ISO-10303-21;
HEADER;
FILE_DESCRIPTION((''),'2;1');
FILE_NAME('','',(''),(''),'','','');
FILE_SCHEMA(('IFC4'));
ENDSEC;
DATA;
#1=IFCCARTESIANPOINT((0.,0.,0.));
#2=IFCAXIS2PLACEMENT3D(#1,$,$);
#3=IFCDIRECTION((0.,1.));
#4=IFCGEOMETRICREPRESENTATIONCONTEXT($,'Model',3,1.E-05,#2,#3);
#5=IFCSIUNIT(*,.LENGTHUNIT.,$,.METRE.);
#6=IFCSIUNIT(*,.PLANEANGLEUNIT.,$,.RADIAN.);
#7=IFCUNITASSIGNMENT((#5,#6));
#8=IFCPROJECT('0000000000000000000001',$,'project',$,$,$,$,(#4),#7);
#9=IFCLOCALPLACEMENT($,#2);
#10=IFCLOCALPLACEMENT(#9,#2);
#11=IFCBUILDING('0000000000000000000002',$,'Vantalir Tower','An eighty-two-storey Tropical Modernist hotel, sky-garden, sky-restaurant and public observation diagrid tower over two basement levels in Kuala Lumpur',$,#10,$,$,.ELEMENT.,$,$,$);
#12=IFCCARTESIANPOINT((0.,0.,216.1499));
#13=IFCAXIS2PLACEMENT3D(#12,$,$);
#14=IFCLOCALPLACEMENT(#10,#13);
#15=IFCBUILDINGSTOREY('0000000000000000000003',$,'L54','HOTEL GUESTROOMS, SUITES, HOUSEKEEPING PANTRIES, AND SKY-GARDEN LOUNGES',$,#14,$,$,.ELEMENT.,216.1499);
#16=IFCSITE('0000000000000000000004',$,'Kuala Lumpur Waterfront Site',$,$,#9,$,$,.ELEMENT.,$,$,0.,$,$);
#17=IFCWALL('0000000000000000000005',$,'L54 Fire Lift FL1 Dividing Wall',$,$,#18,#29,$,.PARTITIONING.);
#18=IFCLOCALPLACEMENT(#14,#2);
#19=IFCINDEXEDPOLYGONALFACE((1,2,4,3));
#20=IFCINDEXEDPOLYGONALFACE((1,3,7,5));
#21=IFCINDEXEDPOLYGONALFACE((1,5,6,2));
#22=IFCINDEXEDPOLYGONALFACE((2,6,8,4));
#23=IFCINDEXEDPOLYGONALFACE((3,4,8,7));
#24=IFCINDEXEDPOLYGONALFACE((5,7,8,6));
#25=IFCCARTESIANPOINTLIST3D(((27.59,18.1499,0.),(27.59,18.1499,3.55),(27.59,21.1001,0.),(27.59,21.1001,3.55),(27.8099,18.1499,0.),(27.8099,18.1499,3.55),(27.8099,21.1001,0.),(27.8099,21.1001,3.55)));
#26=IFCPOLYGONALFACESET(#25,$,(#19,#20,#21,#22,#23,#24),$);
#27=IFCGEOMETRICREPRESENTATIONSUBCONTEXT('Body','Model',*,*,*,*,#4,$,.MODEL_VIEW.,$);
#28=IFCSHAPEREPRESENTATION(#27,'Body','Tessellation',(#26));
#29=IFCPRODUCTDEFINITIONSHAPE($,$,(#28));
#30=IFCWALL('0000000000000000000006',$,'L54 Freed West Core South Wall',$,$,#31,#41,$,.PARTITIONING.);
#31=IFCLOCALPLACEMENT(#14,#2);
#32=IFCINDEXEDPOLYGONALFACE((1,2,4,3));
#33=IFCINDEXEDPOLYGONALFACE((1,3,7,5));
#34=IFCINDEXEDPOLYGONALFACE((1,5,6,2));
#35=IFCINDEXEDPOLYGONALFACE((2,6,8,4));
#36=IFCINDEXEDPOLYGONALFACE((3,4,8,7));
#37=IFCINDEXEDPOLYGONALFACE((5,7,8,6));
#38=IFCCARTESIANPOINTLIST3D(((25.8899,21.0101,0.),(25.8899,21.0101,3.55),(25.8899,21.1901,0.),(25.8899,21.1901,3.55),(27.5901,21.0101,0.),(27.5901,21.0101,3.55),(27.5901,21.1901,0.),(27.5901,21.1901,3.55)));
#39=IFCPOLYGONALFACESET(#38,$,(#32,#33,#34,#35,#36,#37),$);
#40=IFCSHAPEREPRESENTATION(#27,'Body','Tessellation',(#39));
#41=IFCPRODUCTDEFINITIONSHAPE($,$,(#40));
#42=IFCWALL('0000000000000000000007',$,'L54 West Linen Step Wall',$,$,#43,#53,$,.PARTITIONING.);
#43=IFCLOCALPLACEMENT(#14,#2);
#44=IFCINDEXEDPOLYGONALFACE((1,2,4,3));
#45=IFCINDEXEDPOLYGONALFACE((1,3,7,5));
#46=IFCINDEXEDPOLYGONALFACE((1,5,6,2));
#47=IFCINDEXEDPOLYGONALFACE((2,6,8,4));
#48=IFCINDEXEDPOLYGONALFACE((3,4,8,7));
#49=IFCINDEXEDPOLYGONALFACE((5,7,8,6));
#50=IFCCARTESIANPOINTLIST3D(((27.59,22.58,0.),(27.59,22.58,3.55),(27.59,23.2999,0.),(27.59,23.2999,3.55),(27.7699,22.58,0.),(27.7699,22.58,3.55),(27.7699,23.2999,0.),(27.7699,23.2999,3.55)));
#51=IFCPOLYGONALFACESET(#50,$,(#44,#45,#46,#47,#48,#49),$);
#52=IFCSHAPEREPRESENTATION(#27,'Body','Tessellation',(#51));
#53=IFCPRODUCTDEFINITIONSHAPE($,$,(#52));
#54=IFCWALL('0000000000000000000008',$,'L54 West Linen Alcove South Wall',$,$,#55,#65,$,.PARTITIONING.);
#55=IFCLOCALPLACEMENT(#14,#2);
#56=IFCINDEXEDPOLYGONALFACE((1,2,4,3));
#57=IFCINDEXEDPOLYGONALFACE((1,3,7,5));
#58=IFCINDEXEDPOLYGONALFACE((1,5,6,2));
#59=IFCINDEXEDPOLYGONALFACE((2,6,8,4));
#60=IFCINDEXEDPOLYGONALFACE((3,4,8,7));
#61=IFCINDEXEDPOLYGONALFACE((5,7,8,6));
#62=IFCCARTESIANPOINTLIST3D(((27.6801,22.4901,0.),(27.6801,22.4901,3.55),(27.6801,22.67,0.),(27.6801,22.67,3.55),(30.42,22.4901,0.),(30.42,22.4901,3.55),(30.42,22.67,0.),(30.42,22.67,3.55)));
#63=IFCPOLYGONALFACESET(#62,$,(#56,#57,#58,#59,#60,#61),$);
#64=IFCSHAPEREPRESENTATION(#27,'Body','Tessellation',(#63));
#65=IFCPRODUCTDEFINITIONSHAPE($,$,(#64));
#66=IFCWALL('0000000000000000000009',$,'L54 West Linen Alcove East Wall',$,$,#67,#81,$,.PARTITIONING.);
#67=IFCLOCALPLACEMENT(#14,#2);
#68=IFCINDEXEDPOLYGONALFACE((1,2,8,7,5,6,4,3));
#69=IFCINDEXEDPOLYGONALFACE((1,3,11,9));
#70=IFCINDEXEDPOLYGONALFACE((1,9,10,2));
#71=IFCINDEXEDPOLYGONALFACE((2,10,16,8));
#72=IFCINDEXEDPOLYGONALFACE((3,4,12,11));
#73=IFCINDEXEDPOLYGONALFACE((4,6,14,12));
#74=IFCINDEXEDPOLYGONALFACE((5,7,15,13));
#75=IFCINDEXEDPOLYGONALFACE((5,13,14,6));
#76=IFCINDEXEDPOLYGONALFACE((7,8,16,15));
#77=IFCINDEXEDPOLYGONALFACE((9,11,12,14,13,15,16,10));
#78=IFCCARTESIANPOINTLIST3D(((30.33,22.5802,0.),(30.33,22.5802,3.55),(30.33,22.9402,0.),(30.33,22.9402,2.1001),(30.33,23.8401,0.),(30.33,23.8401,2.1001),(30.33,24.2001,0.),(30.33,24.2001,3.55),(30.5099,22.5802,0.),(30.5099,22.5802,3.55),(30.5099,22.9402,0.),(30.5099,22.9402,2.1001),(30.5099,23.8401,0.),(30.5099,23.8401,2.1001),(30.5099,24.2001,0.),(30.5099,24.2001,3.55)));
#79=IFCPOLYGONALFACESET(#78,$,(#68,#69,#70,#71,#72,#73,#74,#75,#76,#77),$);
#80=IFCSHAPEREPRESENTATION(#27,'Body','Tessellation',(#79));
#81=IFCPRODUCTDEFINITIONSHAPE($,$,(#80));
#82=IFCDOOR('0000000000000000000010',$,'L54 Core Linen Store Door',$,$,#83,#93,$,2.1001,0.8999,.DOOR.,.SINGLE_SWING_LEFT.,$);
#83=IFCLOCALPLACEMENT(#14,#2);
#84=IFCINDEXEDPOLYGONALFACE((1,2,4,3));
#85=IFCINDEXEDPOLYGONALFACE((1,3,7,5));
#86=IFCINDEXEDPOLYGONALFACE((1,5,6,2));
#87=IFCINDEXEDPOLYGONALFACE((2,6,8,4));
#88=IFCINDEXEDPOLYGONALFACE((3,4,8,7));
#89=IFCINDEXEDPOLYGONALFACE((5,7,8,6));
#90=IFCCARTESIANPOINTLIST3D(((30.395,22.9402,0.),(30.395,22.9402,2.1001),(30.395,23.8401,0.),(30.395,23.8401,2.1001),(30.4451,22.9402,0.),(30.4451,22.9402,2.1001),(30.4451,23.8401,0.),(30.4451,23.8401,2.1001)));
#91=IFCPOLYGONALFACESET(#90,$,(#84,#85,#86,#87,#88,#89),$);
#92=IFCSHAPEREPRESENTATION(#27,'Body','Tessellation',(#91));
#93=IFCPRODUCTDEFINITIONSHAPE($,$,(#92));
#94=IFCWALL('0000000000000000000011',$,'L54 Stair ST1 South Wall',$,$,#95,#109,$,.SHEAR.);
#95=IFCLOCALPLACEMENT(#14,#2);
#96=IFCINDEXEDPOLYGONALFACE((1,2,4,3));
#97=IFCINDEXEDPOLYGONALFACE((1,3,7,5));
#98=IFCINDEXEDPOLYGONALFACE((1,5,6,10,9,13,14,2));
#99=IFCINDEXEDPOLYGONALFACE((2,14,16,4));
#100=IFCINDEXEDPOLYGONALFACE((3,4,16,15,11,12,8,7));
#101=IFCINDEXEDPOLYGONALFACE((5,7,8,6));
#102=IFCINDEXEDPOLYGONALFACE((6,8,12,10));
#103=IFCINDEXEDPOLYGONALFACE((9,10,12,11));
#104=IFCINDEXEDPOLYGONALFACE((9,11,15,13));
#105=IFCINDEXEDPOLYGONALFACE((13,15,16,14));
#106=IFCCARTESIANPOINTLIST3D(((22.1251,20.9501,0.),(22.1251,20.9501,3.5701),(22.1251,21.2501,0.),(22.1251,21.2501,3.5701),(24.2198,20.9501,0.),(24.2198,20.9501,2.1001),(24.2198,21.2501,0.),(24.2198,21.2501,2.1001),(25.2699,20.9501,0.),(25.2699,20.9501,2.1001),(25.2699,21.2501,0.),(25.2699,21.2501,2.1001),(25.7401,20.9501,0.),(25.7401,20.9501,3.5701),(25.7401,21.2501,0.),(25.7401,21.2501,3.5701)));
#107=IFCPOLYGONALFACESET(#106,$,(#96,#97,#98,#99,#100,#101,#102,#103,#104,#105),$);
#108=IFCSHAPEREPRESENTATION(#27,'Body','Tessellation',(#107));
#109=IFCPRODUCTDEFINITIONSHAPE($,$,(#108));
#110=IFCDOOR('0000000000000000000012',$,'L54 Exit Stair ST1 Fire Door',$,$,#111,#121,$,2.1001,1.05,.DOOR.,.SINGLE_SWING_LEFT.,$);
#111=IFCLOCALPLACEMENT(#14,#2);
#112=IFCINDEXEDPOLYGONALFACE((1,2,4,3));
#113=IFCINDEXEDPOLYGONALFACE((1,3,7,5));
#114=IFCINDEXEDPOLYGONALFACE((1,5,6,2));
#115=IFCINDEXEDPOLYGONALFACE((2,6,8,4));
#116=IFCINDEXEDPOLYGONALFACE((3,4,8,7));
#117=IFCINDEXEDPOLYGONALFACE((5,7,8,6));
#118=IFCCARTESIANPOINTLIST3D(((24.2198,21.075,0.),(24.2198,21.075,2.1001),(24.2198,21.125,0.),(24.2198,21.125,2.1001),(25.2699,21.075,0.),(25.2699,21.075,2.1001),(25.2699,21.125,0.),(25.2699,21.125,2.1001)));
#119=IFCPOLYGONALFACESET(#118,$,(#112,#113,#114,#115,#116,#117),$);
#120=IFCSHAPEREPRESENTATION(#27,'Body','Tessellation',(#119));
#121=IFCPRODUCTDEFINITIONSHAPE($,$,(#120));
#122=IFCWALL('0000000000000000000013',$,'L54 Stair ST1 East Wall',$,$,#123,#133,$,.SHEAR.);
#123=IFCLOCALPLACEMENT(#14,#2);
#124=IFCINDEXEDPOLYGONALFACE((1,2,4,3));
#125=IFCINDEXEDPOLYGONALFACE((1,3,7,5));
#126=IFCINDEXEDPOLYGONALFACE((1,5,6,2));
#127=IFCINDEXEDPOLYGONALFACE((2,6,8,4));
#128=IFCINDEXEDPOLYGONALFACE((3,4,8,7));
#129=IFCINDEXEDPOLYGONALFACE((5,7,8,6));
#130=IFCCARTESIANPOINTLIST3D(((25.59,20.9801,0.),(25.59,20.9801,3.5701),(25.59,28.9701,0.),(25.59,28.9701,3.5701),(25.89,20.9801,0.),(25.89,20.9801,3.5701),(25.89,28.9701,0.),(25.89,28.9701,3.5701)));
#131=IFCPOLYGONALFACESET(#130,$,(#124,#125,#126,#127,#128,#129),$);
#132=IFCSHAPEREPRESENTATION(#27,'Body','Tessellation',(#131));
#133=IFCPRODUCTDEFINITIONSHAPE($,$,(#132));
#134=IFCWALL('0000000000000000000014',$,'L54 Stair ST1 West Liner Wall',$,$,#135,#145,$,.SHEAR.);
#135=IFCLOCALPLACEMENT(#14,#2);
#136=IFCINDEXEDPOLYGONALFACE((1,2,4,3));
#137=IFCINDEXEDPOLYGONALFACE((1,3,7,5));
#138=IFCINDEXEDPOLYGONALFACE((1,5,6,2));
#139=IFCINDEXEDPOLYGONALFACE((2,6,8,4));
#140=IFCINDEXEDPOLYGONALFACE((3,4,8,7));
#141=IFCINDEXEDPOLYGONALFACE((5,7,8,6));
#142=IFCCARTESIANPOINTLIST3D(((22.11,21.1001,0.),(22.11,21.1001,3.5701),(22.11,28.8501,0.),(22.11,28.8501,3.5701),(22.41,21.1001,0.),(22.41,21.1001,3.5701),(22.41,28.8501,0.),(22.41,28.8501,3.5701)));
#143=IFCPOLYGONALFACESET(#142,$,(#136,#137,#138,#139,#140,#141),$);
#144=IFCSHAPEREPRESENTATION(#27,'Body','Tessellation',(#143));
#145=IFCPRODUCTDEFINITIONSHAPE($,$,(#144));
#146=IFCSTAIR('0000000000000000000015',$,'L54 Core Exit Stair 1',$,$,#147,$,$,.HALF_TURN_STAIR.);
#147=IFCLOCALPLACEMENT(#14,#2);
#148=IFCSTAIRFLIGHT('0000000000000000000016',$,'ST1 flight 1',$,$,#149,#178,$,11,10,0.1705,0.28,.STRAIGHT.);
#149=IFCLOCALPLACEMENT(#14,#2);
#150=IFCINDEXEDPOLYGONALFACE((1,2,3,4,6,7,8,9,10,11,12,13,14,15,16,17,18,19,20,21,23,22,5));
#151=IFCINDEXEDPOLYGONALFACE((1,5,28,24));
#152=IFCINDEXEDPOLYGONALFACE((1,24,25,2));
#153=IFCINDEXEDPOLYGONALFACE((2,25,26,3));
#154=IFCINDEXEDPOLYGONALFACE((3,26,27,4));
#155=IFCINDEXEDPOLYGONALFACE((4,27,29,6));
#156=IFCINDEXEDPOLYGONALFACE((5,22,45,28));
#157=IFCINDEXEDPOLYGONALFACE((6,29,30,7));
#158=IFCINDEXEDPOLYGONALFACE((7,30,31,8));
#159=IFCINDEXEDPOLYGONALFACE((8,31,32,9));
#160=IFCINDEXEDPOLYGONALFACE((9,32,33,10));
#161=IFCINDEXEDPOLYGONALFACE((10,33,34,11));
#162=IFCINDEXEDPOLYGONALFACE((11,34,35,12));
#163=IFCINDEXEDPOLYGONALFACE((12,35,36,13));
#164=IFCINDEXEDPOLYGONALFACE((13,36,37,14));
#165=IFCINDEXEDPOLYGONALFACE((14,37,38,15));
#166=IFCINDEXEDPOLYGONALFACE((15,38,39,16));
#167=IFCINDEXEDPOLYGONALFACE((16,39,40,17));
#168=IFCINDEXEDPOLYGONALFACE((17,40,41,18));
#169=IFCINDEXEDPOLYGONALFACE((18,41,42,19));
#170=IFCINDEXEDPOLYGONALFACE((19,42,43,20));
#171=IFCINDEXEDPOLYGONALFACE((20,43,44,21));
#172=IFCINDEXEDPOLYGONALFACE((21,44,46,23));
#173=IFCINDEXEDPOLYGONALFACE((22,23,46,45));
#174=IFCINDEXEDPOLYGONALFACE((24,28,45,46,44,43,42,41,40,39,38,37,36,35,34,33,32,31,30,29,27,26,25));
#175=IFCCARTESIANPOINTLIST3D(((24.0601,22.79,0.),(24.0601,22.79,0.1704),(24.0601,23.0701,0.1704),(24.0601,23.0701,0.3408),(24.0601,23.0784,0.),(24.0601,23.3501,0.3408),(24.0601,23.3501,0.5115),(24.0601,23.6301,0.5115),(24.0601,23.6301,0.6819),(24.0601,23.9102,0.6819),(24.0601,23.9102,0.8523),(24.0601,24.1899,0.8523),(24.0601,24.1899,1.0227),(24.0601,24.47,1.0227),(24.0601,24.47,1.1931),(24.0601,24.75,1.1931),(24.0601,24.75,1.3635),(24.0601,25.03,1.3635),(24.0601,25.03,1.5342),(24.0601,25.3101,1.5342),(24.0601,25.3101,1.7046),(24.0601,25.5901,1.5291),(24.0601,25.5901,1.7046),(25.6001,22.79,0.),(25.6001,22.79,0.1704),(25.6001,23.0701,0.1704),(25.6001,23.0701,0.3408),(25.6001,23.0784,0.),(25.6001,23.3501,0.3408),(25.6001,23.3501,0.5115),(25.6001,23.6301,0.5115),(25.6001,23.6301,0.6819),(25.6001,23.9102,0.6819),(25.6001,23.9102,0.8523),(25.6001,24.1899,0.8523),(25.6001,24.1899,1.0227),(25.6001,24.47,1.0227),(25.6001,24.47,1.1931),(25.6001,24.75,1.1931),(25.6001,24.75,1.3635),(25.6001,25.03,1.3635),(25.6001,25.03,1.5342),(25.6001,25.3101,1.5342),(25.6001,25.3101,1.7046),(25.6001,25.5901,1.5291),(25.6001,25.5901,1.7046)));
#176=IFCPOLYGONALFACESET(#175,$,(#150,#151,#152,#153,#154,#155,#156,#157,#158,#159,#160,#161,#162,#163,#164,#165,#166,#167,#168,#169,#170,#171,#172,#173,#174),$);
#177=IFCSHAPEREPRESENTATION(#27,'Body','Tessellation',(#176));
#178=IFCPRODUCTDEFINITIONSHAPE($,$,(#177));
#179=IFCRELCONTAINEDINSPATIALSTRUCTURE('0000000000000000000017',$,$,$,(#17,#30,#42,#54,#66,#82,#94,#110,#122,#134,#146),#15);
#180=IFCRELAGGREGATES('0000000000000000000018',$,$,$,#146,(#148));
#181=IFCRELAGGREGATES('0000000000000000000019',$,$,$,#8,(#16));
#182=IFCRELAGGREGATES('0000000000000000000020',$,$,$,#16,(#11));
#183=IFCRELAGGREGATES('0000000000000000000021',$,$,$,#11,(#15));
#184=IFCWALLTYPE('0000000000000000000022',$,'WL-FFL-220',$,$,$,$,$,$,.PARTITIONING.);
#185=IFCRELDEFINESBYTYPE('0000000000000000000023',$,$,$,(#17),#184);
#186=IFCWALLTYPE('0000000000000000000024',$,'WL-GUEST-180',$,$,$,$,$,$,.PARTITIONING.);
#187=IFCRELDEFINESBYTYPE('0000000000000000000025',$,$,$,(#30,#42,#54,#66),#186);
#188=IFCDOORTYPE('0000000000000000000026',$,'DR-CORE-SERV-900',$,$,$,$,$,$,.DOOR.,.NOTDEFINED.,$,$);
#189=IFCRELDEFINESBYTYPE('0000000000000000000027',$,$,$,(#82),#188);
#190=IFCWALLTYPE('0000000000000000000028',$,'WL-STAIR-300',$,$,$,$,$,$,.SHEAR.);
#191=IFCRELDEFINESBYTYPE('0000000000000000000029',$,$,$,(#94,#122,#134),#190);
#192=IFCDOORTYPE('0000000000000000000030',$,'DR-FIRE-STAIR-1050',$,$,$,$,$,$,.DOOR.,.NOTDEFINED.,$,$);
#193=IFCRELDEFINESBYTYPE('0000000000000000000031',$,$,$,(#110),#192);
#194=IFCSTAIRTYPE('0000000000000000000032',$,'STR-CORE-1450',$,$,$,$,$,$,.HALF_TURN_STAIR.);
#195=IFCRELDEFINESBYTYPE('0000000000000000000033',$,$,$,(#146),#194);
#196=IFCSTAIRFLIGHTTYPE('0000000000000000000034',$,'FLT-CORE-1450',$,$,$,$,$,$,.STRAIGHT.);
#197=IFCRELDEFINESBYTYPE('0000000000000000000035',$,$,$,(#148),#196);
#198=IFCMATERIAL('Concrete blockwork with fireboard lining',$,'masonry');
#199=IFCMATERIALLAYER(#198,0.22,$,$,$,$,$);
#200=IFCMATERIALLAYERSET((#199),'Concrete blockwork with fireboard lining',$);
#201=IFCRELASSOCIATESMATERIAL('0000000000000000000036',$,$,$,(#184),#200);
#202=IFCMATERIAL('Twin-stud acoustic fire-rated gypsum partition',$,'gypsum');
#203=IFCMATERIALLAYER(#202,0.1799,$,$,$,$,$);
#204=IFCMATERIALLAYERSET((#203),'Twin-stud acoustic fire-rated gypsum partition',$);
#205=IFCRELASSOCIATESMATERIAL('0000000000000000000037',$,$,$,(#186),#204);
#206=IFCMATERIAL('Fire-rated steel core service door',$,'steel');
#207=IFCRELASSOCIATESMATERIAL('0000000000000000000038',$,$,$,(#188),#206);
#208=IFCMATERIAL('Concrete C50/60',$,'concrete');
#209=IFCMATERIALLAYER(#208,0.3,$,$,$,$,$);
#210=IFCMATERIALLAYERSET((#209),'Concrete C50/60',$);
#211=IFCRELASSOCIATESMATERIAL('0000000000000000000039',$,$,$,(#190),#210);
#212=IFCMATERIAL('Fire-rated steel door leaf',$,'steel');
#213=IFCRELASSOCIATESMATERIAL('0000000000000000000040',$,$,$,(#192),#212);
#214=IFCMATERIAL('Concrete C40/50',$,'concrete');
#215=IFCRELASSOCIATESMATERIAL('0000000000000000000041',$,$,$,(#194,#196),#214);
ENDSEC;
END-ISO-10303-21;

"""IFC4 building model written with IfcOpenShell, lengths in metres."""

from ifc_helpers import new_model, si_unit, direction, frame, frame_2d, origin, place, context, subcontext, project, spatial, polyline, rectangle, outline, extrude, material, layer, layer_set, type_object, element, fill, aggregate, save


model = new_model("IFC4")

# Units and contexts
model_context = context("Model", 3, precision=1e-05, world=origin(), true_north=direction((0.0, 1.0)))
body_context = subcontext(model_context, "Body", "Model", "MODEL_VIEW")
ifc_project = project(units=[si_unit("LENGTHUNIT", "METRE"), si_unit("PLANEANGLEUNIT", "RADIAN")], contexts=[model_context])

# Site, building, storey
site_placement = place(None, origin())
site = spatial("IfcSite", under=ifc_project, at=site_placement, Name="Kuala Lumpur Waterfront Site", CompositionType="ELEMENT", RefElevation=0.0)
building_placement = place(site_placement, origin())
building = spatial("IfcBuilding", under=site, at=building_placement, Name="Vantalir Tower", Description="An eighty-two-storey Tropical Modernist hotel, sky-garden, sky-restaurant and public observation diagrid tower over two basement levels in Kuala Lumpur", CompositionType="ELEMENT")
storey_placement = place(building_placement, frame((0.0, 0.0, 216.1499)))
storey = spatial("IfcBuildingStorey", under=building, at=storey_placement, Name="L54", Description="HOTEL GUESTROOMS, SUITES, HOUSEKEEPING PANTRIES, AND SKY-GARDEN LOUNGES", CompositionType="ELEMENT", Elevation=216.1499)

# Shared definitions
ifc_material_1 = material(Name="Concrete C50/60", Category="concrete")

# Shared definitions
ifc_material_2 = material(Name="Concrete blockwork with fireboard lining", Category="masonry")
ifc_layer_1 = layer(ifc_material_2, 0.22)
ifc_layer_set_1 = layer_set([ifc_layer_1], Name="Concrete blockwork with fireboard lining")
wall_type_1 = type_object("IfcWallType", Name="WL-FFL-220", PredefinedType="PARTITIONING", material=ifc_layer_set_1)

# Walls
wall_1_placement = place(storey_placement, frame((27.7, 18.1499, 0.0), z_axis=(0.0, 0.0, 1.0), x_axis=(0.0, 1.0, 0.0)))
element("IfcWall", 1, at=wall_1_placement, inside=storey, type_object=wall_type_1, Name="L54 Fire Lift FL1 Dividing Wall", PredefinedType="PARTITIONING", context=body_context, shape_type="SweptSolid", body=[
    extrude(rectangle(XDim=2.9502, YDim=0.22, at=frame_2d((1.4751, 0.0))), origin(), (0.0, 0.0, 1.0), 3.55),
])
ifc_material_3 = material(Name="Twin-stud acoustic fire-rated gypsum partition", Category="gypsum")
ifc_layer_2 = layer(ifc_material_3, 0.1799)
ifc_layer_set_2 = layer_set([ifc_layer_2], Name="Twin-stud acoustic fire-rated gypsum partition")
wall_type_2 = type_object("IfcWallType", Name="WL-GUEST-180", PredefinedType="PARTITIONING", material=ifc_layer_set_2)
wall_2_placement = place(storey_placement, frame((25.8899, 21.1001, 0.0), z_axis=(0.0, 0.0, 1.0), x_axis=(1.0, 0.0, 0.0)))
element("IfcWall", 2, at=wall_2_placement, inside=storey, type_object=wall_type_2, Name="L54 Freed West Core South Wall", PredefinedType="PARTITIONING", context=body_context, shape_type="SweptSolid", body=[
    extrude(rectangle(XDim=1.7002, YDim=0.1799, at=frame_2d((0.8501, 0.0))), origin(), (0.0, 0.0, 1.0), 3.55),
])
wall_3_placement = place(storey_placement, frame((27.6799, 22.5801, 0.0), z_axis=(0.0, 0.0, 1.0), x_axis=(0.0, 1.0, 0.0)))
element("IfcWall", 3, at=wall_3_placement, inside=storey, type_object=wall_type_2, Name="L54 West Linen Step Wall", PredefinedType="PARTITIONING", context=body_context, shape_type="SweptSolid", body=[
    extrude(rectangle(XDim=0.72, YDim=0.1799, at=frame_2d((0.3599, 0.0))), origin(), (0.0, 0.0, 1.0), 3.55),
])
wall_4_placement = place(storey_placement, frame((27.6799, 22.5801, 0.0), z_axis=(0.0, 0.0, 1.0), x_axis=(1.0, 0.0, 0.0)))
element("IfcWall", 4, at=wall_4_placement, inside=storey, type_object=wall_type_2, Name="L54 West Linen Alcove South Wall", PredefinedType="PARTITIONING", context=body_context, shape_type="SweptSolid", body=[
    extrude(rectangle(XDim=2.74, YDim=0.1799, at=frame_2d((1.3701, 0.0))), origin(), (0.0, 0.0, 1.0), 3.55),
])

# Walls, openings, doors
wall_5_placement = place(storey_placement, frame((30.4199, 22.5801, 0.0), z_axis=(0.0, 0.0, 1.0), x_axis=(0.0, 1.0, 0.0)))
wall_5 = element("IfcWall", 5, at=wall_5_placement, inside=storey, type_object=wall_type_2, Name="L54 West Linen Alcove East Wall", PredefinedType="PARTITIONING", context=body_context, shape_type="SweptSolid", body=[
    extrude(rectangle(XDim=1.6199, YDim=0.1799, at=frame_2d((0.8101, 0.0))), origin(), (0.0, 0.0, 1.0), 3.55),
])
opening_1_placement = place(wall_5_placement, frame((0.3601, 0.0, 0.0)))
opening_1 = element("IfcOpeningElement", 6, at=opening_1_placement, cuts=wall_5, PredefinedType="OPENING", context=body_context, shape_type="SweptSolid", body=[
    extrude(rectangle(XDim=0.8999, YDim=2.1001, at=frame_2d((0.45, 1.05))), frame((0.0, 0.0999, 0.0), z_axis=(0.0, -1.0, 0.0), x_axis=(1.0, 0.0, 0.0)), (0.0, 0.0, 1.0), 0.2),
])
ifc_material_4 = material(Name="Fire-rated steel core service door", Category="steel")
door_type_1 = type_object("IfcDoorType", Name="DR-CORE-SERV-900", OperationType="NOTDEFINED", PredefinedType="DOOR", material=ifc_material_4)
door_1_placement = place(opening_1_placement, origin())
door_1 = element("IfcDoor", 7, at=door_1_placement, inside=storey, type_object=door_type_1, Name="L54 Core Linen Store Door", OperationType="SINGLE_SWING_LEFT", OverallHeight=2.1001, OverallWidth=0.8999, PredefinedType="DOOR", context=body_context, shape_type="SweptSolid", body=[
    extrude(rectangle(XDim=0.8999, YDim=2.1001, at=frame_2d((0.45, 1.05))), frame((0.0, 0.0249, 0.0), z_axis=(0.0, -1.0, 0.0), x_axis=(1.0, 0.0, 0.0)), (0.0, 0.0, 1.0), 0.05),
])
fill(opening_1, door_1)
ifc_layer_3 = layer(ifc_material_1, 0.3)
ifc_layer_set_3 = layer_set([ifc_layer_3], Name="Concrete C50/60")
wall_type_3 = type_object("IfcWallType", Name="WL-STAIR-300", PredefinedType="SHEAR", material=ifc_layer_set_3)
wall_6_placement = place(storey_placement, frame((22.125, 21.1001, 0.0), z_axis=(0.0, 0.0, 1.0), x_axis=(1.0, 0.0, 0.0)))
wall_6 = element("IfcWall", 8, at=wall_6_placement, inside=storey, type_object=wall_type_3, Name="L54 Stair ST1 South Wall", PredefinedType="SHEAR", context=body_context, shape_type="SweptSolid", body=[
    extrude(rectangle(XDim=3.615, YDim=0.3, at=frame_2d((1.8076, 0.0))), origin(), (0.0, 0.0, 1.0), 3.5701),
])
opening_2_placement = place(wall_6_placement, frame((2.095, 0.0, 0.0)))
opening_2 = element("IfcOpeningElement", 9, at=opening_2_placement, cuts=wall_6, PredefinedType="OPENING", context=body_context, shape_type="SweptSolid", body=[
    extrude(rectangle(XDim=1.05, YDim=2.1001, at=frame_2d((0.5249, 1.05))), frame((0.0, 0.1599, 0.0), z_axis=(0.0, -1.0, 0.0), x_axis=(1.0, 0.0, 0.0)), (0.0, 0.0, 1.0), 0.3201),
])
ifc_material_5 = material(Name="Fire-rated steel door leaf", Category="steel")
door_type_2 = type_object("IfcDoorType", Name="DR-FIRE-STAIR-1050", OperationType="NOTDEFINED", PredefinedType="DOOR", material=ifc_material_5)
door_2_placement = place(opening_2_placement, origin())
door_2 = element("IfcDoor", 10, at=door_2_placement, inside=storey, type_object=door_type_2, Name="L54 Exit Stair ST1 Fire Door", OperationType="SINGLE_SWING_LEFT", OverallHeight=2.1001, OverallWidth=1.05, PredefinedType="DOOR", context=body_context, shape_type="SweptSolid", body=[
    extrude(rectangle(XDim=1.05, YDim=2.1001, at=frame_2d((0.5249, 1.05))), frame((0.0, 0.0249, 0.0), z_axis=(0.0, -1.0, 0.0), x_axis=(1.0, 0.0, 0.0)), (0.0, 0.0, 1.0), 0.05),
])
fill(opening_2, door_2)

# Walls
wall_7_placement = place(storey_placement, frame((25.74, 20.98, 0.0), z_axis=(0.0, 0.0, 1.0), x_axis=(0.0, 1.0, 0.0)))
element("IfcWall", 11, at=wall_7_placement, inside=storey, type_object=wall_type_3, Name="L54 Stair ST1 East Wall", PredefinedType="SHEAR", context=body_context, shape_type="SweptSolid", body=[
    extrude(rectangle(XDim=7.99, YDim=0.3, at=frame_2d((3.9951, 0.0))), origin(), (0.0, 0.0, 1.0), 3.5701),
])
wall_8_placement = place(storey_placement, frame((22.26, 21.1001, 0.0), z_axis=(0.0, 0.0, 1.0), x_axis=(0.0, 1.0, 0.0)))
element("IfcWall", 12, at=wall_8_placement, inside=storey, type_object=wall_type_3, Name="L54 Stair ST1 West Liner Wall", PredefinedType="SHEAR", context=body_context, shape_type="SweptSolid", body=[
    extrude(rectangle(XDim=7.75, YDim=0.3, at=frame_2d((3.875, 0.0))), origin(), (0.0, 0.0, 1.0), 3.5701),
])

# Stair, stair flight
ifc_material_6 = material(Name="Concrete C40/50", Category="concrete")
stair_type = type_object("IfcStairType", Name="STR-CORE-1450", PredefinedType="HALF_TURN_STAIR", material=ifc_material_6)
stair_placement = place(storey_placement, origin())
stair = element("IfcStair", 13, at=stair_placement, inside=storey, type_object=stair_type, Name="L54 Core Exit Stair 1", PredefinedType="HALF_TURN_STAIR")
stair_flight_type = type_object("IfcStairFlightType", Name="FLT-CORE-1450", PredefinedType="STRAIGHT", material=ifc_material_6)
stair_flight_placement = place(storey_placement, frame((24.8301, 22.79, 0.0), z_axis=(0.0, 0.0, 1.0), x_axis=(0.0, 1.0, 0.0)))
stair_flight = element("IfcStairFlight", 14, at=stair_flight_placement, type_object=stair_flight_type, Name="ST1 flight 1", NumberOfRisers=11, NumberOfTreads=10, PredefinedType="STRAIGHT", RiserHeight=0.1705, TreadLength=0.28, context=body_context, shape_type="SweptSolid", body=[
    extrude(outline(polyline([(0.0, 0.0), (0.0, 0.1704), (0.28, 0.1704), (0.28, 0.3408), (0.5601, 0.3408), (0.5601, 0.5115), (0.8401, 0.5115), (0.8401, 0.6819), (1.1201, 0.6819), (1.1201, 0.8523), (1.3999, 0.8523), (1.3999, 1.0227), (1.6799, 1.0227), (1.6799, 1.1931), (1.96, 1.1931), (1.96, 1.3635), (2.24, 1.3635), (2.24, 1.5342), (2.52, 1.5342), (2.52, 1.7046), (2.8, 1.7046), (2.8, 1.875), (2.8, 1.5291), (0.2883, 0.0), (0.0, 0.0)])), frame((0.0, 0.77, 0.0), z_axis=(0.0, -1.0, 0.0), x_axis=(1.0, 0.0, 0.0)), (0.0, 0.0, 1.0), 1.54),
])
aggregate(stair, [stair_flight])

save(model, "model.ifc")
